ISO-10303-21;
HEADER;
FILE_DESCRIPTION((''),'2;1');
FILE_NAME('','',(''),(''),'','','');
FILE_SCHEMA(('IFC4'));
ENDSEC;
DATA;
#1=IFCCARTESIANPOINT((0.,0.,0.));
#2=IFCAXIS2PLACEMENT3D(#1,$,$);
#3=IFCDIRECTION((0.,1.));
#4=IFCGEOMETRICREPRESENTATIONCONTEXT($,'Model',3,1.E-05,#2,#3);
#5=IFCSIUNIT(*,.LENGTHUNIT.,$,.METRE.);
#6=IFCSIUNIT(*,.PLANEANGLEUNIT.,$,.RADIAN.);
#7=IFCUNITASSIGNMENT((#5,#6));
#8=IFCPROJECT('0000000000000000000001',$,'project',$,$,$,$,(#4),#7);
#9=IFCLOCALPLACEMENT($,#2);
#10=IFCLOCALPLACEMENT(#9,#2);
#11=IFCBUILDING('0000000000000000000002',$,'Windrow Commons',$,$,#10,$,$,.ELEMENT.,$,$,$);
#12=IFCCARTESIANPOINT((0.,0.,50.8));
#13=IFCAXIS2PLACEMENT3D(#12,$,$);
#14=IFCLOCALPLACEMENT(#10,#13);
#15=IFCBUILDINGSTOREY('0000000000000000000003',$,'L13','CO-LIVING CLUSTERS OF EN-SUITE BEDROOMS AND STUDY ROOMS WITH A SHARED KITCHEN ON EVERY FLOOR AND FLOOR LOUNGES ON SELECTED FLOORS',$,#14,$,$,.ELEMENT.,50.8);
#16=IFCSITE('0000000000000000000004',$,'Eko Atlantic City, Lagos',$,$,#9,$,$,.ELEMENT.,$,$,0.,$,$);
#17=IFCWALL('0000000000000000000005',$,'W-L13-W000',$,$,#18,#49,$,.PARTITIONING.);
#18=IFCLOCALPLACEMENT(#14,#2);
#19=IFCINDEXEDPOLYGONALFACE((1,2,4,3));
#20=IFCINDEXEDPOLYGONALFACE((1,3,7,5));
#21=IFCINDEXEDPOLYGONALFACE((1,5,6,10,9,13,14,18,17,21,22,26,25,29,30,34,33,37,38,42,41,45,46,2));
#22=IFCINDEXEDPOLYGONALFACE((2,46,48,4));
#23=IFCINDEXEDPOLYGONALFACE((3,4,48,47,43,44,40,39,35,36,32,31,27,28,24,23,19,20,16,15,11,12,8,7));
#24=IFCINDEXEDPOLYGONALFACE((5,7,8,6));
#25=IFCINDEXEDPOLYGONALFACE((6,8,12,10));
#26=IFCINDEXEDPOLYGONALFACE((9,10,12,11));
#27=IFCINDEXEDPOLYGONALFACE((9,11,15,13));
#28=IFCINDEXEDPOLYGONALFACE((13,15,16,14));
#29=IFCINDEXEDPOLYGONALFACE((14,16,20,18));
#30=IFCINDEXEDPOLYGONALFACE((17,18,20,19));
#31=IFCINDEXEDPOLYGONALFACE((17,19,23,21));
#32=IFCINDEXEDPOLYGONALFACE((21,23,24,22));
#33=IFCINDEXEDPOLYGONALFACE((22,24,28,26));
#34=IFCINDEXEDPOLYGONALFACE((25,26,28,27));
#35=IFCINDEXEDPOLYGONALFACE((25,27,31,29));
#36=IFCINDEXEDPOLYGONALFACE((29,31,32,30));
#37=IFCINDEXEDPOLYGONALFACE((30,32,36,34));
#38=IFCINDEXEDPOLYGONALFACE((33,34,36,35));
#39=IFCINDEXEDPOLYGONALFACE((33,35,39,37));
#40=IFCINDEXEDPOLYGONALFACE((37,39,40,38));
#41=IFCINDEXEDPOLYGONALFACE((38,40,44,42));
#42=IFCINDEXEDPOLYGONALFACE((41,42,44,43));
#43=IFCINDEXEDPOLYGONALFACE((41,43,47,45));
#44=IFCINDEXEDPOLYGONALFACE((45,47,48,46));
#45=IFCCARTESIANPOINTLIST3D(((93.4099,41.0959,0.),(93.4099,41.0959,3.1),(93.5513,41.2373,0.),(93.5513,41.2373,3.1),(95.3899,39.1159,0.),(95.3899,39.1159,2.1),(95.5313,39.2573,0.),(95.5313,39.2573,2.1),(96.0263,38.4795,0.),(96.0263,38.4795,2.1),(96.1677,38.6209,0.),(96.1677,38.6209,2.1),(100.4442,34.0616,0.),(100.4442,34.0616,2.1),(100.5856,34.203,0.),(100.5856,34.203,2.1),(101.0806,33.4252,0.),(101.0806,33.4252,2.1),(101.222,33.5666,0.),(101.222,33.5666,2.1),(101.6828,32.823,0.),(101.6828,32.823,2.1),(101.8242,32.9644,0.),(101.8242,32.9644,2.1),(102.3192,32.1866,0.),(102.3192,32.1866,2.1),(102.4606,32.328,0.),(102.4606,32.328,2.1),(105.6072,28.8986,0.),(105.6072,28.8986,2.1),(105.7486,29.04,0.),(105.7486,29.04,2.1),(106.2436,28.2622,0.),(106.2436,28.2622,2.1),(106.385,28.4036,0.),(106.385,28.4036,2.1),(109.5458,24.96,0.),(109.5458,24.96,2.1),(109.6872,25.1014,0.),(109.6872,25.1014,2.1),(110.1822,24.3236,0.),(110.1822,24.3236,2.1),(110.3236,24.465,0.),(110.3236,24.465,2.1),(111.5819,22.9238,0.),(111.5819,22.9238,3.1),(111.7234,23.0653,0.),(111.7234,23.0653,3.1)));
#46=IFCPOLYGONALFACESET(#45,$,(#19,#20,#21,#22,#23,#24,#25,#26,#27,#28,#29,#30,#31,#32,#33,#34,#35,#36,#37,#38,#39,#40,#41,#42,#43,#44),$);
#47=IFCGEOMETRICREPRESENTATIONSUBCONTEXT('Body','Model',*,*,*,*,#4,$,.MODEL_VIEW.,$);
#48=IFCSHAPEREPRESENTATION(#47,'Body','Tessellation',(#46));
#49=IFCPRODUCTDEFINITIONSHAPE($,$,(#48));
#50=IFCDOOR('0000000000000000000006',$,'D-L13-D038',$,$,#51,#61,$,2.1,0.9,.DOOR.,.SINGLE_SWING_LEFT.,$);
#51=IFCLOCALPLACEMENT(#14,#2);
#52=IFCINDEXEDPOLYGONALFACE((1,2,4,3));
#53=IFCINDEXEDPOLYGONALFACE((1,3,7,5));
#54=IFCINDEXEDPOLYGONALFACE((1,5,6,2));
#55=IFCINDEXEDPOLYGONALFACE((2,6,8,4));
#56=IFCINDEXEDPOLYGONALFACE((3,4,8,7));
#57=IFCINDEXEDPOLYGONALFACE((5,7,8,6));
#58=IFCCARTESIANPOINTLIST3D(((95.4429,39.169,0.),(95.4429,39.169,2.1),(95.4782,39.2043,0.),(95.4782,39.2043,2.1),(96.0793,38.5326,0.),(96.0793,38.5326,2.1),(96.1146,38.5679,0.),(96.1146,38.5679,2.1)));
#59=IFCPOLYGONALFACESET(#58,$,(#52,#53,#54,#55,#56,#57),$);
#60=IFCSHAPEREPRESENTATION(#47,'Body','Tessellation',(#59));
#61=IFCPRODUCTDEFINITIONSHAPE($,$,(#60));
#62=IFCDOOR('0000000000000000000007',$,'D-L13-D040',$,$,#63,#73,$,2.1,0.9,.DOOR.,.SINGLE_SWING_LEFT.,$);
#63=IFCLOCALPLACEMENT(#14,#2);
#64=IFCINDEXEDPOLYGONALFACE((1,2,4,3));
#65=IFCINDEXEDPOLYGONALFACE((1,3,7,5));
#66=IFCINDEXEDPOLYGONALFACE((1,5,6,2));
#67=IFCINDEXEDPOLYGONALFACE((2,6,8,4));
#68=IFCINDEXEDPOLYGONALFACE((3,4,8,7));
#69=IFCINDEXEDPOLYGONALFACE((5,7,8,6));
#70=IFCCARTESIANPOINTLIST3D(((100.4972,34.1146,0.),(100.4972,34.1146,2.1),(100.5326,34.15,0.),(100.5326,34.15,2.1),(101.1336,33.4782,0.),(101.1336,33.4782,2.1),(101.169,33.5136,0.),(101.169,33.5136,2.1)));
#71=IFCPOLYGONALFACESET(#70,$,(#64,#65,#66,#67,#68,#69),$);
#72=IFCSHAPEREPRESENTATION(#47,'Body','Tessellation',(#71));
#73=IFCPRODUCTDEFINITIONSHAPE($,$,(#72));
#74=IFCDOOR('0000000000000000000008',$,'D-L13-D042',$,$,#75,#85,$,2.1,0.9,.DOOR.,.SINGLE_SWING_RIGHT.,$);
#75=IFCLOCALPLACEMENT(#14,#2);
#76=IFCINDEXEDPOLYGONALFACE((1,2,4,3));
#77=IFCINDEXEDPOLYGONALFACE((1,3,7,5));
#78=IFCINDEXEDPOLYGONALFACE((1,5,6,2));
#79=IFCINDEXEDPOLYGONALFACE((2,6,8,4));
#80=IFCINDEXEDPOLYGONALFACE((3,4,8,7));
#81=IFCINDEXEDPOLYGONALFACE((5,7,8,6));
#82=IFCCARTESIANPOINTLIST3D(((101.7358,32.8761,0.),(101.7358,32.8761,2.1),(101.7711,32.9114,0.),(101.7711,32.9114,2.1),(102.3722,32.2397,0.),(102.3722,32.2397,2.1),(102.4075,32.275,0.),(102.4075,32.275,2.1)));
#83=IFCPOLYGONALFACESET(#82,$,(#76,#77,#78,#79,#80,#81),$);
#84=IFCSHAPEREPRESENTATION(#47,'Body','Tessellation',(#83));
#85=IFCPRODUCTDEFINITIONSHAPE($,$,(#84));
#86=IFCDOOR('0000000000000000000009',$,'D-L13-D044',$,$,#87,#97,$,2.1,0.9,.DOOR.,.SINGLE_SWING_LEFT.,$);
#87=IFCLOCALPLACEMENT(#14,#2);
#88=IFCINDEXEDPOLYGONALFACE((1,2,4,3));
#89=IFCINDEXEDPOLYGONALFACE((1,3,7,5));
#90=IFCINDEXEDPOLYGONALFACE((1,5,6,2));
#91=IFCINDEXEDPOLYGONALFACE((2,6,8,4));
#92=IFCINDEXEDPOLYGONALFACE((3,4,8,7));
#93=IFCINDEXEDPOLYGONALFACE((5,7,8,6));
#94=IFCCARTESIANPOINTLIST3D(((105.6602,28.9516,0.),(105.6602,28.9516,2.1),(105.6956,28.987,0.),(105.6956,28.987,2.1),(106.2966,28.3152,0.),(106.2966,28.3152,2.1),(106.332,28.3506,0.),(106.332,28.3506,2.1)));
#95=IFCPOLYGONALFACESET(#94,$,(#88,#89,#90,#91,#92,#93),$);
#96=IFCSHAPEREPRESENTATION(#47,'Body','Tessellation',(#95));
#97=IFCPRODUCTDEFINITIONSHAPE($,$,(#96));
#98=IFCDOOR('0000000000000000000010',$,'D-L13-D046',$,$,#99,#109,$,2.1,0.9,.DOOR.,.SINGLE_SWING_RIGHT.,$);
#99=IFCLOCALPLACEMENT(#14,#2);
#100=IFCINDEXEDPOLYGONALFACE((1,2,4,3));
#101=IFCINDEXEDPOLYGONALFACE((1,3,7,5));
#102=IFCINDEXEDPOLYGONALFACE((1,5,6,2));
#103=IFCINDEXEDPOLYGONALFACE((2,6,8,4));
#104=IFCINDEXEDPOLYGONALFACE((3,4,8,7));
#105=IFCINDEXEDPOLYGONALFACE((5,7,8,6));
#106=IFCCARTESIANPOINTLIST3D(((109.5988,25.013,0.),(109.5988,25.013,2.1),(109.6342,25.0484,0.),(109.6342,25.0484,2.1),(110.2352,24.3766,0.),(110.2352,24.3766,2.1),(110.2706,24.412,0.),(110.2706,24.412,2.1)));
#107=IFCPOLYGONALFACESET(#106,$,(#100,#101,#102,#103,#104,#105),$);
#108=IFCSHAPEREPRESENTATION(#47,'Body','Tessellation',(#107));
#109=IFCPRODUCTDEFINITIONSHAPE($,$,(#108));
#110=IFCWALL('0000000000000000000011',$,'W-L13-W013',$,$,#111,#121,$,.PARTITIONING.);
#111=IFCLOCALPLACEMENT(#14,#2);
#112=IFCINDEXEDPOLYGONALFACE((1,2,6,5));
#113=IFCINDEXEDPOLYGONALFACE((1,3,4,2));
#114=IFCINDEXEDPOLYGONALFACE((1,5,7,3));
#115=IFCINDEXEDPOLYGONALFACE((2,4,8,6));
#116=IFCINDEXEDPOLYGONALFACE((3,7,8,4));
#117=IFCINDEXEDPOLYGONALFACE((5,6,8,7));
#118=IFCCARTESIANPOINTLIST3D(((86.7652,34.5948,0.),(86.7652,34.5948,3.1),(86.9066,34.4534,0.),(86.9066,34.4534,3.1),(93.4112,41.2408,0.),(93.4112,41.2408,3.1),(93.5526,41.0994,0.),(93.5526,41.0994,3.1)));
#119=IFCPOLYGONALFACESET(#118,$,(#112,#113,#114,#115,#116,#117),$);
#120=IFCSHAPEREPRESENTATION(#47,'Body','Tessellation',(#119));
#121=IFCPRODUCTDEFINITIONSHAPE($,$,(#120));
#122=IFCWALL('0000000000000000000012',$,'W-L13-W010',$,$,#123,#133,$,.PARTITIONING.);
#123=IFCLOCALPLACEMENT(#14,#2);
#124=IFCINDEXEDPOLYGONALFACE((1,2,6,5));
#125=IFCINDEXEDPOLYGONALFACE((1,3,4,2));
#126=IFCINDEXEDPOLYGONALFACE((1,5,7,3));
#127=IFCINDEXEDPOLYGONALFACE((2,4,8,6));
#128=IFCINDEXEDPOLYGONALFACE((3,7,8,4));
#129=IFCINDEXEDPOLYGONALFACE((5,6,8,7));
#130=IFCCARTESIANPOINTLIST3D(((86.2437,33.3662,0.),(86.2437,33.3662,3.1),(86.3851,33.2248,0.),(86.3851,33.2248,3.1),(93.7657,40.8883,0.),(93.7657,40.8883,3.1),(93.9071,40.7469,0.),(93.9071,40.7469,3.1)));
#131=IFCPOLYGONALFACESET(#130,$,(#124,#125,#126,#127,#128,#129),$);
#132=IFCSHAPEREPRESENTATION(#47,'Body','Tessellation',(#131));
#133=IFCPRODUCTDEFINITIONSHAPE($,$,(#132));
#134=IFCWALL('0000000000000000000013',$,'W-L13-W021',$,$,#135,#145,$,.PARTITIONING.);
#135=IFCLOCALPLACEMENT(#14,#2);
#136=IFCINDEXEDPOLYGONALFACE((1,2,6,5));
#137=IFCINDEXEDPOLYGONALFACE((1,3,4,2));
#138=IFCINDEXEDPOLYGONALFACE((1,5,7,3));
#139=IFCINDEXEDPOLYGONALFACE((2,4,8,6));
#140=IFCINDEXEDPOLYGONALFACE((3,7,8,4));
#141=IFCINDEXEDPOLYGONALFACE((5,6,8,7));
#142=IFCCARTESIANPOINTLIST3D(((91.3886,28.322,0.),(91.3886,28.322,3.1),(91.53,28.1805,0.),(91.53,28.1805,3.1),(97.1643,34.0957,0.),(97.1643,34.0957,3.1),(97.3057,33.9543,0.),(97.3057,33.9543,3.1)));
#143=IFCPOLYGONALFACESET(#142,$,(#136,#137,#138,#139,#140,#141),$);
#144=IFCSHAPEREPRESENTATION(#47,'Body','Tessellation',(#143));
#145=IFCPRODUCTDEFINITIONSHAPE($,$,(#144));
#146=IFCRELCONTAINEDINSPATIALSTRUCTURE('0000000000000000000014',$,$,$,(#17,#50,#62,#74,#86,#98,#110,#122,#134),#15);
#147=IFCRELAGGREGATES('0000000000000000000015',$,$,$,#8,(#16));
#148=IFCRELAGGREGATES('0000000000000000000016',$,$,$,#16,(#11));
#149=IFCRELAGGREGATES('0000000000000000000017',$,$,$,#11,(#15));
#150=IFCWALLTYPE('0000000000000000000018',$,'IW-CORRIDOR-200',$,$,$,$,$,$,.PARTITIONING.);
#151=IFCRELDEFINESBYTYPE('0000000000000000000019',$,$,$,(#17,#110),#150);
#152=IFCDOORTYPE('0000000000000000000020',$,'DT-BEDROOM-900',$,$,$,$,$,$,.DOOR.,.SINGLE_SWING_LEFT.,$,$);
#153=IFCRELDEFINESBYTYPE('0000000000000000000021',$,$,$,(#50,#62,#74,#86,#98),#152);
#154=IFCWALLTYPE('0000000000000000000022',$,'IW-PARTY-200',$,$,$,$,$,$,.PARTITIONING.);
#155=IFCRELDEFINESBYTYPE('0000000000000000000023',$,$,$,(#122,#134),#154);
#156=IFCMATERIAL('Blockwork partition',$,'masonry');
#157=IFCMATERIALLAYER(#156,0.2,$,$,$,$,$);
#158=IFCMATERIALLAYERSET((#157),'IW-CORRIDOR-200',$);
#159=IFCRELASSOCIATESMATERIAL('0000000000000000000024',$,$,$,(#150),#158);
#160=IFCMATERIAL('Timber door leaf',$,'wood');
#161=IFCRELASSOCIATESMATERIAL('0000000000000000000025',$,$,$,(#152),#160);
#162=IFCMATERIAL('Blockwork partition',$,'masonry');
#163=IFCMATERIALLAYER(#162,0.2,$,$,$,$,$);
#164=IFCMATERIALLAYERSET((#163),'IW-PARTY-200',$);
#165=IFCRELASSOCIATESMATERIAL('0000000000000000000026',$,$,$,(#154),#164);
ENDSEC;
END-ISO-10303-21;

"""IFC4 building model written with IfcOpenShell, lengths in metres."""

from ifc_helpers import new_model, si_unit, direction, frame, frame_2d, origin, place, context, subcontext, project, spatial, rectangle, extrude, material, layer, layer_set, type_object, element, fill, save


model = new_model("IFC4")

# Units and contexts
model_context = context("Model", 3, precision=1e-05, world=origin(), true_north=direction((0.0, 1.0)))
body_context = subcontext(model_context, "Body", "Model", "MODEL_VIEW")
ifc_project = project(units=[si_unit("LENGTHUNIT", "METRE"), si_unit("PLANEANGLEUNIT", "RADIAN")], contexts=[model_context])

# Site, building, storey
site_placement = place(None, origin())
site = spatial("IfcSite", under=ifc_project, at=site_placement, Name="Eko Atlantic City, Lagos", CompositionType="ELEMENT", RefElevation=0.0)
building_placement = place(site_placement, origin())
building = spatial("IfcBuilding", under=site, at=building_placement, Name="Windrow Commons", CompositionType="ELEMENT")
storey_placement = place(building_placement, frame((0.0, 0.0, 50.8)))
storey = spatial("IfcBuildingStorey", under=building, at=storey_placement, Name="L13", Description="CO-LIVING CLUSTERS OF EN-SUITE BEDROOMS AND STUDY ROOMS WITH A SHARED KITCHEN ON EVERY FLOOR AND FLOOR LOUNGES ON SELECTED FLOORS", CompositionType="ELEMENT", Elevation=50.8)

# Wall, openings, doors
ifc_material_1 = material(Name="Blockwork partition", Category="masonry")
ifc_layer_1 = layer(ifc_material_1, 0.2)
ifc_layer_set_1 = layer_set([ifc_layer_1], Name="IW-CORRIDOR-200")
wall_type_1 = type_object("IfcWallType", Name="IW-CORRIDOR-200", PredefinedType="PARTITIONING", material=ifc_layer_set_1)
wall_1_placement = place(storey_placement, frame((93.4806, 41.1666, 0.0), z_axis=(0.0, 0.0, 1.0), x_axis=(0.707107, -0.707107, 0.0)))
wall_1 = element("IfcWall", 1, at=wall_1_placement, inside=storey, type_object=wall_type_1, Name="W-L13-W000", PredefinedType="PARTITIONING", context=body_context, shape_type="SweptSolid", body=[
    extrude(rectangle(XDim=25.6991, YDim=0.2, at=frame_2d((12.8496, 0.0))), origin(), (0.0, 0.0, 1.0), 3.1),
])
opening_1_placement = place(wall_1_placement, frame((2.8001, 0.0, 0.0)))
opening_1 = element("IfcOpeningElement", 2, at=opening_1_placement, cuts=wall_1, PredefinedType="OPENING", context=body_context, shape_type="SweptSolid", body=[
    extrude(rectangle(XDim=0.9, YDim=2.1, at=frame_2d((0.45, 1.05))), frame((0.0, 0.11, 0.0), z_axis=(0.0, -1.0, 0.0), x_axis=(1.0, 0.0, 0.0)), (0.0, 0.0, 1.0), 0.22),
])
opening_2_placement = place(wall_1_placement, frame((9.948, 0.0, 0.0)))
opening_2 = element("IfcOpeningElement", 3, at=opening_2_placement, cuts=wall_1, PredefinedType="OPENING", context=body_context, shape_type="SweptSolid", body=[
    extrude(rectangle(XDim=0.9, YDim=2.1, at=frame_2d((0.45, 1.05))), frame((0.0, 0.11, 0.0), z_axis=(0.0, -1.0, 0.0), x_axis=(1.0, 0.0, 0.0)), (0.0, 0.0, 1.0), 0.22),
])
opening_3_placement = place(wall_1_placement, frame((11.6996, 0.0, 0.0)))
opening_3 = element("IfcOpeningElement", 4, at=opening_3_placement, cuts=wall_1, PredefinedType="OPENING", context=body_context, shape_type="SweptSolid", body=[
    extrude(rectangle(XDim=0.9, YDim=2.1, at=frame_2d((0.45, 1.05))), frame((0.0, 0.11, 0.0), z_axis=(0.0, -1.0, 0.0), x_axis=(1.0, 0.0, 0.0)), (0.0, 0.0, 1.0), 0.22),
])
opening_4_placement = place(wall_1_placement, frame((17.2496, 0.0, 0.0)))
opening_4 = element("IfcOpeningElement", 5, at=opening_4_placement, cuts=wall_1, PredefinedType="OPENING", context=body_context, shape_type="SweptSolid", body=[
    extrude(rectangle(XDim=0.9, YDim=2.1, at=frame_2d((0.45, 1.05))), frame((0.0, 0.11, 0.0), z_axis=(0.0, -1.0, 0.0), x_axis=(1.0, 0.0, 0.0)), (0.0, 0.0, 1.0), 0.22),
])
opening_5_placement = place(wall_1_placement, frame((22.8196, 0.0, 0.0)))
opening_5 = element("IfcOpeningElement", 6, at=opening_5_placement, cuts=wall_1, PredefinedType="OPENING", context=body_context, shape_type="SweptSolid", body=[
    extrude(rectangle(XDim=0.9, YDim=2.1, at=frame_2d((0.45, 1.05))), frame((0.0, 0.11, 0.0), z_axis=(0.0, -1.0, 0.0), x_axis=(1.0, 0.0, 0.0)), (0.0, 0.0, 1.0), 0.22),
])
ifc_material_2 = material(Name="Timber door leaf", Category="wood")
door_type_1 = type_object("IfcDoorType", Name="DT-BEDROOM-900", OperationType="SINGLE_SWING_LEFT", PredefinedType="DOOR", material=ifc_material_2)
door_1_placement = place(opening_1_placement, origin())
door_1 = element("IfcDoor", 7, at=door_1_placement, inside=storey, type_object=door_type_1, Name="D-L13-D038", OperationType="SINGLE_SWING_LEFT", OverallHeight=2.1, OverallWidth=0.9, PredefinedType="DOOR", context=body_context, shape_type="SweptSolid", body=[
    extrude(rectangle(XDim=0.9, YDim=2.1, at=frame_2d((0.45, 1.05))), frame((0.0, 0.025, 0.0), z_axis=(0.0, -1.0, 0.0), x_axis=(1.0, 0.0, 0.0)), (0.0, 0.0, 1.0), 0.05),
])
fill(opening_1, door_1)
door_2_placement = place(opening_2_placement, origin())
door_2 = element("IfcDoor", 8, at=door_2_placement, inside=storey, type_object=door_type_1, Name="D-L13-D040", OperationType="SINGLE_SWING_LEFT", OverallHeight=2.1, OverallWidth=0.9, PredefinedType="DOOR", context=body_context, shape_type="SweptSolid", body=[
    extrude(rectangle(XDim=0.9, YDim=2.1, at=frame_2d((0.45, 1.05))), frame((0.0, 0.025, 0.0), z_axis=(0.0, -1.0, 0.0), x_axis=(1.0, 0.0, 0.0)), (0.0, 0.0, 1.0), 0.05),
])
fill(opening_2, door_2)
door_3_placement = place(opening_3_placement, origin())
door_3 = element("IfcDoor", 9, at=door_3_placement, inside=storey, type_object=door_type_1, Name="D-L13-D042", OperationType="SINGLE_SWING_RIGHT", OverallHeight=2.1, OverallWidth=0.9, PredefinedType="DOOR", context=body_context, shape_type="SweptSolid", body=[
    extrude(rectangle(XDim=0.9, YDim=2.1, at=frame_2d((0.45, 1.05))), frame((0.0, 0.025, 0.0), z_axis=(0.0, -1.0, 0.0), x_axis=(1.0, 0.0, 0.0)), (0.0, 0.0, 1.0), 0.05),
])
fill(opening_3, door_3)
door_4_placement = place(opening_4_placement, origin())
door_4 = element("IfcDoor", 10, at=door_4_placement, inside=storey, type_object=door_type_1, Name="D-L13-D044", OperationType="SINGLE_SWING_LEFT", OverallHeight=2.1, OverallWidth=0.9, PredefinedType="DOOR", context=body_context, shape_type="SweptSolid", body=[
    extrude(rectangle(XDim=0.9, YDim=2.1, at=frame_2d((0.45, 1.05))), frame((0.0, 0.025, 0.0), z_axis=(0.0, -1.0, 0.0), x_axis=(1.0, 0.0, 0.0)), (0.0, 0.0, 1.0), 0.05),
])
fill(opening_4, door_4)
door_5_placement = place(opening_5_placement, origin())
door_5 = element("IfcDoor", 11, at=door_5_placement, inside=storey, type_object=door_type_1, Name="D-L13-D046", OperationType="SINGLE_SWING_RIGHT", OverallHeight=2.1, OverallWidth=0.9, PredefinedType="DOOR", context=body_context, shape_type="SweptSolid", body=[
    extrude(rectangle(XDim=0.9, YDim=2.1, at=frame_2d((0.45, 1.05))), frame((0.0, 0.025, 0.0), z_axis=(0.0, -1.0, 0.0), x_axis=(1.0, 0.0, 0.0)), (0.0, 0.0, 1.0), 0.05),
])
fill(opening_5, door_5)

# Walls
wall_2_placement = place(storey_placement, frame((86.8359, 34.5241, 0.0), z_axis=(0.0, 0.0, 1.0), x_axis=(0.707107, 0.707107, 0.0)))
element("IfcWall", 12, at=wall_2_placement, inside=storey, type_object=wall_type_1, Name="W-L13-W013", PredefinedType="PARTITIONING", context=body_context, shape_type="SweptSolid", body=[
    extrude(rectangle(XDim=9.3989, YDim=0.2, at=frame_2d((4.6994, 0.0))), origin(), (0.0, 0.0, 1.0), 3.1),
])
ifc_material_3 = material(Name="Blockwork partition", Category="masonry")
ifc_layer_2 = layer(ifc_material_3, 0.2)
ifc_layer_set_2 = layer_set([ifc_layer_2], Name="IW-PARTY-200")
wall_type_2 = type_object("IfcWallType", Name="IW-PARTY-200", PredefinedType="PARTITIONING", material=ifc_layer_set_2)
wall_3_placement = place(storey_placement, frame((86.3144, 33.2955, 0.0), z_axis=(0.0, 0.0, 1.0), x_axis=(0.707102, 0.707111, 0.0)))
element("IfcWall", 13, at=wall_3_placement, inside=storey, type_object=wall_type_2, Name="W-L13-W010", PredefinedType="PARTITIONING", context=body_context, shape_type="SweptSolid", body=[
    extrude(rectangle(XDim=10.6378, YDim=0.2, at=frame_2d((5.3189, 0.0))), origin(), (0.0, 0.0, 1.0), 3.1),
])
wall_4_placement = place(storey_placement, frame((91.4593, 28.2512, 0.0), z_axis=(0.0, 0.0, 1.0), x_axis=(0.707223, 0.70699, 0.0)))
element("IfcWall", 14, at=wall_4_placement, inside=storey, type_object=wall_type_2, Name="W-L13-W021", PredefinedType="PARTITIONING", context=body_context, shape_type="SweptSolid", body=[
    extrude(rectangle(XDim=8.1667, YDim=0.2, at=frame_2d((4.0834, 0.0))), origin(), (0.0, 0.0, 1.0), 3.1),
])

save(model, "model.ifc")
